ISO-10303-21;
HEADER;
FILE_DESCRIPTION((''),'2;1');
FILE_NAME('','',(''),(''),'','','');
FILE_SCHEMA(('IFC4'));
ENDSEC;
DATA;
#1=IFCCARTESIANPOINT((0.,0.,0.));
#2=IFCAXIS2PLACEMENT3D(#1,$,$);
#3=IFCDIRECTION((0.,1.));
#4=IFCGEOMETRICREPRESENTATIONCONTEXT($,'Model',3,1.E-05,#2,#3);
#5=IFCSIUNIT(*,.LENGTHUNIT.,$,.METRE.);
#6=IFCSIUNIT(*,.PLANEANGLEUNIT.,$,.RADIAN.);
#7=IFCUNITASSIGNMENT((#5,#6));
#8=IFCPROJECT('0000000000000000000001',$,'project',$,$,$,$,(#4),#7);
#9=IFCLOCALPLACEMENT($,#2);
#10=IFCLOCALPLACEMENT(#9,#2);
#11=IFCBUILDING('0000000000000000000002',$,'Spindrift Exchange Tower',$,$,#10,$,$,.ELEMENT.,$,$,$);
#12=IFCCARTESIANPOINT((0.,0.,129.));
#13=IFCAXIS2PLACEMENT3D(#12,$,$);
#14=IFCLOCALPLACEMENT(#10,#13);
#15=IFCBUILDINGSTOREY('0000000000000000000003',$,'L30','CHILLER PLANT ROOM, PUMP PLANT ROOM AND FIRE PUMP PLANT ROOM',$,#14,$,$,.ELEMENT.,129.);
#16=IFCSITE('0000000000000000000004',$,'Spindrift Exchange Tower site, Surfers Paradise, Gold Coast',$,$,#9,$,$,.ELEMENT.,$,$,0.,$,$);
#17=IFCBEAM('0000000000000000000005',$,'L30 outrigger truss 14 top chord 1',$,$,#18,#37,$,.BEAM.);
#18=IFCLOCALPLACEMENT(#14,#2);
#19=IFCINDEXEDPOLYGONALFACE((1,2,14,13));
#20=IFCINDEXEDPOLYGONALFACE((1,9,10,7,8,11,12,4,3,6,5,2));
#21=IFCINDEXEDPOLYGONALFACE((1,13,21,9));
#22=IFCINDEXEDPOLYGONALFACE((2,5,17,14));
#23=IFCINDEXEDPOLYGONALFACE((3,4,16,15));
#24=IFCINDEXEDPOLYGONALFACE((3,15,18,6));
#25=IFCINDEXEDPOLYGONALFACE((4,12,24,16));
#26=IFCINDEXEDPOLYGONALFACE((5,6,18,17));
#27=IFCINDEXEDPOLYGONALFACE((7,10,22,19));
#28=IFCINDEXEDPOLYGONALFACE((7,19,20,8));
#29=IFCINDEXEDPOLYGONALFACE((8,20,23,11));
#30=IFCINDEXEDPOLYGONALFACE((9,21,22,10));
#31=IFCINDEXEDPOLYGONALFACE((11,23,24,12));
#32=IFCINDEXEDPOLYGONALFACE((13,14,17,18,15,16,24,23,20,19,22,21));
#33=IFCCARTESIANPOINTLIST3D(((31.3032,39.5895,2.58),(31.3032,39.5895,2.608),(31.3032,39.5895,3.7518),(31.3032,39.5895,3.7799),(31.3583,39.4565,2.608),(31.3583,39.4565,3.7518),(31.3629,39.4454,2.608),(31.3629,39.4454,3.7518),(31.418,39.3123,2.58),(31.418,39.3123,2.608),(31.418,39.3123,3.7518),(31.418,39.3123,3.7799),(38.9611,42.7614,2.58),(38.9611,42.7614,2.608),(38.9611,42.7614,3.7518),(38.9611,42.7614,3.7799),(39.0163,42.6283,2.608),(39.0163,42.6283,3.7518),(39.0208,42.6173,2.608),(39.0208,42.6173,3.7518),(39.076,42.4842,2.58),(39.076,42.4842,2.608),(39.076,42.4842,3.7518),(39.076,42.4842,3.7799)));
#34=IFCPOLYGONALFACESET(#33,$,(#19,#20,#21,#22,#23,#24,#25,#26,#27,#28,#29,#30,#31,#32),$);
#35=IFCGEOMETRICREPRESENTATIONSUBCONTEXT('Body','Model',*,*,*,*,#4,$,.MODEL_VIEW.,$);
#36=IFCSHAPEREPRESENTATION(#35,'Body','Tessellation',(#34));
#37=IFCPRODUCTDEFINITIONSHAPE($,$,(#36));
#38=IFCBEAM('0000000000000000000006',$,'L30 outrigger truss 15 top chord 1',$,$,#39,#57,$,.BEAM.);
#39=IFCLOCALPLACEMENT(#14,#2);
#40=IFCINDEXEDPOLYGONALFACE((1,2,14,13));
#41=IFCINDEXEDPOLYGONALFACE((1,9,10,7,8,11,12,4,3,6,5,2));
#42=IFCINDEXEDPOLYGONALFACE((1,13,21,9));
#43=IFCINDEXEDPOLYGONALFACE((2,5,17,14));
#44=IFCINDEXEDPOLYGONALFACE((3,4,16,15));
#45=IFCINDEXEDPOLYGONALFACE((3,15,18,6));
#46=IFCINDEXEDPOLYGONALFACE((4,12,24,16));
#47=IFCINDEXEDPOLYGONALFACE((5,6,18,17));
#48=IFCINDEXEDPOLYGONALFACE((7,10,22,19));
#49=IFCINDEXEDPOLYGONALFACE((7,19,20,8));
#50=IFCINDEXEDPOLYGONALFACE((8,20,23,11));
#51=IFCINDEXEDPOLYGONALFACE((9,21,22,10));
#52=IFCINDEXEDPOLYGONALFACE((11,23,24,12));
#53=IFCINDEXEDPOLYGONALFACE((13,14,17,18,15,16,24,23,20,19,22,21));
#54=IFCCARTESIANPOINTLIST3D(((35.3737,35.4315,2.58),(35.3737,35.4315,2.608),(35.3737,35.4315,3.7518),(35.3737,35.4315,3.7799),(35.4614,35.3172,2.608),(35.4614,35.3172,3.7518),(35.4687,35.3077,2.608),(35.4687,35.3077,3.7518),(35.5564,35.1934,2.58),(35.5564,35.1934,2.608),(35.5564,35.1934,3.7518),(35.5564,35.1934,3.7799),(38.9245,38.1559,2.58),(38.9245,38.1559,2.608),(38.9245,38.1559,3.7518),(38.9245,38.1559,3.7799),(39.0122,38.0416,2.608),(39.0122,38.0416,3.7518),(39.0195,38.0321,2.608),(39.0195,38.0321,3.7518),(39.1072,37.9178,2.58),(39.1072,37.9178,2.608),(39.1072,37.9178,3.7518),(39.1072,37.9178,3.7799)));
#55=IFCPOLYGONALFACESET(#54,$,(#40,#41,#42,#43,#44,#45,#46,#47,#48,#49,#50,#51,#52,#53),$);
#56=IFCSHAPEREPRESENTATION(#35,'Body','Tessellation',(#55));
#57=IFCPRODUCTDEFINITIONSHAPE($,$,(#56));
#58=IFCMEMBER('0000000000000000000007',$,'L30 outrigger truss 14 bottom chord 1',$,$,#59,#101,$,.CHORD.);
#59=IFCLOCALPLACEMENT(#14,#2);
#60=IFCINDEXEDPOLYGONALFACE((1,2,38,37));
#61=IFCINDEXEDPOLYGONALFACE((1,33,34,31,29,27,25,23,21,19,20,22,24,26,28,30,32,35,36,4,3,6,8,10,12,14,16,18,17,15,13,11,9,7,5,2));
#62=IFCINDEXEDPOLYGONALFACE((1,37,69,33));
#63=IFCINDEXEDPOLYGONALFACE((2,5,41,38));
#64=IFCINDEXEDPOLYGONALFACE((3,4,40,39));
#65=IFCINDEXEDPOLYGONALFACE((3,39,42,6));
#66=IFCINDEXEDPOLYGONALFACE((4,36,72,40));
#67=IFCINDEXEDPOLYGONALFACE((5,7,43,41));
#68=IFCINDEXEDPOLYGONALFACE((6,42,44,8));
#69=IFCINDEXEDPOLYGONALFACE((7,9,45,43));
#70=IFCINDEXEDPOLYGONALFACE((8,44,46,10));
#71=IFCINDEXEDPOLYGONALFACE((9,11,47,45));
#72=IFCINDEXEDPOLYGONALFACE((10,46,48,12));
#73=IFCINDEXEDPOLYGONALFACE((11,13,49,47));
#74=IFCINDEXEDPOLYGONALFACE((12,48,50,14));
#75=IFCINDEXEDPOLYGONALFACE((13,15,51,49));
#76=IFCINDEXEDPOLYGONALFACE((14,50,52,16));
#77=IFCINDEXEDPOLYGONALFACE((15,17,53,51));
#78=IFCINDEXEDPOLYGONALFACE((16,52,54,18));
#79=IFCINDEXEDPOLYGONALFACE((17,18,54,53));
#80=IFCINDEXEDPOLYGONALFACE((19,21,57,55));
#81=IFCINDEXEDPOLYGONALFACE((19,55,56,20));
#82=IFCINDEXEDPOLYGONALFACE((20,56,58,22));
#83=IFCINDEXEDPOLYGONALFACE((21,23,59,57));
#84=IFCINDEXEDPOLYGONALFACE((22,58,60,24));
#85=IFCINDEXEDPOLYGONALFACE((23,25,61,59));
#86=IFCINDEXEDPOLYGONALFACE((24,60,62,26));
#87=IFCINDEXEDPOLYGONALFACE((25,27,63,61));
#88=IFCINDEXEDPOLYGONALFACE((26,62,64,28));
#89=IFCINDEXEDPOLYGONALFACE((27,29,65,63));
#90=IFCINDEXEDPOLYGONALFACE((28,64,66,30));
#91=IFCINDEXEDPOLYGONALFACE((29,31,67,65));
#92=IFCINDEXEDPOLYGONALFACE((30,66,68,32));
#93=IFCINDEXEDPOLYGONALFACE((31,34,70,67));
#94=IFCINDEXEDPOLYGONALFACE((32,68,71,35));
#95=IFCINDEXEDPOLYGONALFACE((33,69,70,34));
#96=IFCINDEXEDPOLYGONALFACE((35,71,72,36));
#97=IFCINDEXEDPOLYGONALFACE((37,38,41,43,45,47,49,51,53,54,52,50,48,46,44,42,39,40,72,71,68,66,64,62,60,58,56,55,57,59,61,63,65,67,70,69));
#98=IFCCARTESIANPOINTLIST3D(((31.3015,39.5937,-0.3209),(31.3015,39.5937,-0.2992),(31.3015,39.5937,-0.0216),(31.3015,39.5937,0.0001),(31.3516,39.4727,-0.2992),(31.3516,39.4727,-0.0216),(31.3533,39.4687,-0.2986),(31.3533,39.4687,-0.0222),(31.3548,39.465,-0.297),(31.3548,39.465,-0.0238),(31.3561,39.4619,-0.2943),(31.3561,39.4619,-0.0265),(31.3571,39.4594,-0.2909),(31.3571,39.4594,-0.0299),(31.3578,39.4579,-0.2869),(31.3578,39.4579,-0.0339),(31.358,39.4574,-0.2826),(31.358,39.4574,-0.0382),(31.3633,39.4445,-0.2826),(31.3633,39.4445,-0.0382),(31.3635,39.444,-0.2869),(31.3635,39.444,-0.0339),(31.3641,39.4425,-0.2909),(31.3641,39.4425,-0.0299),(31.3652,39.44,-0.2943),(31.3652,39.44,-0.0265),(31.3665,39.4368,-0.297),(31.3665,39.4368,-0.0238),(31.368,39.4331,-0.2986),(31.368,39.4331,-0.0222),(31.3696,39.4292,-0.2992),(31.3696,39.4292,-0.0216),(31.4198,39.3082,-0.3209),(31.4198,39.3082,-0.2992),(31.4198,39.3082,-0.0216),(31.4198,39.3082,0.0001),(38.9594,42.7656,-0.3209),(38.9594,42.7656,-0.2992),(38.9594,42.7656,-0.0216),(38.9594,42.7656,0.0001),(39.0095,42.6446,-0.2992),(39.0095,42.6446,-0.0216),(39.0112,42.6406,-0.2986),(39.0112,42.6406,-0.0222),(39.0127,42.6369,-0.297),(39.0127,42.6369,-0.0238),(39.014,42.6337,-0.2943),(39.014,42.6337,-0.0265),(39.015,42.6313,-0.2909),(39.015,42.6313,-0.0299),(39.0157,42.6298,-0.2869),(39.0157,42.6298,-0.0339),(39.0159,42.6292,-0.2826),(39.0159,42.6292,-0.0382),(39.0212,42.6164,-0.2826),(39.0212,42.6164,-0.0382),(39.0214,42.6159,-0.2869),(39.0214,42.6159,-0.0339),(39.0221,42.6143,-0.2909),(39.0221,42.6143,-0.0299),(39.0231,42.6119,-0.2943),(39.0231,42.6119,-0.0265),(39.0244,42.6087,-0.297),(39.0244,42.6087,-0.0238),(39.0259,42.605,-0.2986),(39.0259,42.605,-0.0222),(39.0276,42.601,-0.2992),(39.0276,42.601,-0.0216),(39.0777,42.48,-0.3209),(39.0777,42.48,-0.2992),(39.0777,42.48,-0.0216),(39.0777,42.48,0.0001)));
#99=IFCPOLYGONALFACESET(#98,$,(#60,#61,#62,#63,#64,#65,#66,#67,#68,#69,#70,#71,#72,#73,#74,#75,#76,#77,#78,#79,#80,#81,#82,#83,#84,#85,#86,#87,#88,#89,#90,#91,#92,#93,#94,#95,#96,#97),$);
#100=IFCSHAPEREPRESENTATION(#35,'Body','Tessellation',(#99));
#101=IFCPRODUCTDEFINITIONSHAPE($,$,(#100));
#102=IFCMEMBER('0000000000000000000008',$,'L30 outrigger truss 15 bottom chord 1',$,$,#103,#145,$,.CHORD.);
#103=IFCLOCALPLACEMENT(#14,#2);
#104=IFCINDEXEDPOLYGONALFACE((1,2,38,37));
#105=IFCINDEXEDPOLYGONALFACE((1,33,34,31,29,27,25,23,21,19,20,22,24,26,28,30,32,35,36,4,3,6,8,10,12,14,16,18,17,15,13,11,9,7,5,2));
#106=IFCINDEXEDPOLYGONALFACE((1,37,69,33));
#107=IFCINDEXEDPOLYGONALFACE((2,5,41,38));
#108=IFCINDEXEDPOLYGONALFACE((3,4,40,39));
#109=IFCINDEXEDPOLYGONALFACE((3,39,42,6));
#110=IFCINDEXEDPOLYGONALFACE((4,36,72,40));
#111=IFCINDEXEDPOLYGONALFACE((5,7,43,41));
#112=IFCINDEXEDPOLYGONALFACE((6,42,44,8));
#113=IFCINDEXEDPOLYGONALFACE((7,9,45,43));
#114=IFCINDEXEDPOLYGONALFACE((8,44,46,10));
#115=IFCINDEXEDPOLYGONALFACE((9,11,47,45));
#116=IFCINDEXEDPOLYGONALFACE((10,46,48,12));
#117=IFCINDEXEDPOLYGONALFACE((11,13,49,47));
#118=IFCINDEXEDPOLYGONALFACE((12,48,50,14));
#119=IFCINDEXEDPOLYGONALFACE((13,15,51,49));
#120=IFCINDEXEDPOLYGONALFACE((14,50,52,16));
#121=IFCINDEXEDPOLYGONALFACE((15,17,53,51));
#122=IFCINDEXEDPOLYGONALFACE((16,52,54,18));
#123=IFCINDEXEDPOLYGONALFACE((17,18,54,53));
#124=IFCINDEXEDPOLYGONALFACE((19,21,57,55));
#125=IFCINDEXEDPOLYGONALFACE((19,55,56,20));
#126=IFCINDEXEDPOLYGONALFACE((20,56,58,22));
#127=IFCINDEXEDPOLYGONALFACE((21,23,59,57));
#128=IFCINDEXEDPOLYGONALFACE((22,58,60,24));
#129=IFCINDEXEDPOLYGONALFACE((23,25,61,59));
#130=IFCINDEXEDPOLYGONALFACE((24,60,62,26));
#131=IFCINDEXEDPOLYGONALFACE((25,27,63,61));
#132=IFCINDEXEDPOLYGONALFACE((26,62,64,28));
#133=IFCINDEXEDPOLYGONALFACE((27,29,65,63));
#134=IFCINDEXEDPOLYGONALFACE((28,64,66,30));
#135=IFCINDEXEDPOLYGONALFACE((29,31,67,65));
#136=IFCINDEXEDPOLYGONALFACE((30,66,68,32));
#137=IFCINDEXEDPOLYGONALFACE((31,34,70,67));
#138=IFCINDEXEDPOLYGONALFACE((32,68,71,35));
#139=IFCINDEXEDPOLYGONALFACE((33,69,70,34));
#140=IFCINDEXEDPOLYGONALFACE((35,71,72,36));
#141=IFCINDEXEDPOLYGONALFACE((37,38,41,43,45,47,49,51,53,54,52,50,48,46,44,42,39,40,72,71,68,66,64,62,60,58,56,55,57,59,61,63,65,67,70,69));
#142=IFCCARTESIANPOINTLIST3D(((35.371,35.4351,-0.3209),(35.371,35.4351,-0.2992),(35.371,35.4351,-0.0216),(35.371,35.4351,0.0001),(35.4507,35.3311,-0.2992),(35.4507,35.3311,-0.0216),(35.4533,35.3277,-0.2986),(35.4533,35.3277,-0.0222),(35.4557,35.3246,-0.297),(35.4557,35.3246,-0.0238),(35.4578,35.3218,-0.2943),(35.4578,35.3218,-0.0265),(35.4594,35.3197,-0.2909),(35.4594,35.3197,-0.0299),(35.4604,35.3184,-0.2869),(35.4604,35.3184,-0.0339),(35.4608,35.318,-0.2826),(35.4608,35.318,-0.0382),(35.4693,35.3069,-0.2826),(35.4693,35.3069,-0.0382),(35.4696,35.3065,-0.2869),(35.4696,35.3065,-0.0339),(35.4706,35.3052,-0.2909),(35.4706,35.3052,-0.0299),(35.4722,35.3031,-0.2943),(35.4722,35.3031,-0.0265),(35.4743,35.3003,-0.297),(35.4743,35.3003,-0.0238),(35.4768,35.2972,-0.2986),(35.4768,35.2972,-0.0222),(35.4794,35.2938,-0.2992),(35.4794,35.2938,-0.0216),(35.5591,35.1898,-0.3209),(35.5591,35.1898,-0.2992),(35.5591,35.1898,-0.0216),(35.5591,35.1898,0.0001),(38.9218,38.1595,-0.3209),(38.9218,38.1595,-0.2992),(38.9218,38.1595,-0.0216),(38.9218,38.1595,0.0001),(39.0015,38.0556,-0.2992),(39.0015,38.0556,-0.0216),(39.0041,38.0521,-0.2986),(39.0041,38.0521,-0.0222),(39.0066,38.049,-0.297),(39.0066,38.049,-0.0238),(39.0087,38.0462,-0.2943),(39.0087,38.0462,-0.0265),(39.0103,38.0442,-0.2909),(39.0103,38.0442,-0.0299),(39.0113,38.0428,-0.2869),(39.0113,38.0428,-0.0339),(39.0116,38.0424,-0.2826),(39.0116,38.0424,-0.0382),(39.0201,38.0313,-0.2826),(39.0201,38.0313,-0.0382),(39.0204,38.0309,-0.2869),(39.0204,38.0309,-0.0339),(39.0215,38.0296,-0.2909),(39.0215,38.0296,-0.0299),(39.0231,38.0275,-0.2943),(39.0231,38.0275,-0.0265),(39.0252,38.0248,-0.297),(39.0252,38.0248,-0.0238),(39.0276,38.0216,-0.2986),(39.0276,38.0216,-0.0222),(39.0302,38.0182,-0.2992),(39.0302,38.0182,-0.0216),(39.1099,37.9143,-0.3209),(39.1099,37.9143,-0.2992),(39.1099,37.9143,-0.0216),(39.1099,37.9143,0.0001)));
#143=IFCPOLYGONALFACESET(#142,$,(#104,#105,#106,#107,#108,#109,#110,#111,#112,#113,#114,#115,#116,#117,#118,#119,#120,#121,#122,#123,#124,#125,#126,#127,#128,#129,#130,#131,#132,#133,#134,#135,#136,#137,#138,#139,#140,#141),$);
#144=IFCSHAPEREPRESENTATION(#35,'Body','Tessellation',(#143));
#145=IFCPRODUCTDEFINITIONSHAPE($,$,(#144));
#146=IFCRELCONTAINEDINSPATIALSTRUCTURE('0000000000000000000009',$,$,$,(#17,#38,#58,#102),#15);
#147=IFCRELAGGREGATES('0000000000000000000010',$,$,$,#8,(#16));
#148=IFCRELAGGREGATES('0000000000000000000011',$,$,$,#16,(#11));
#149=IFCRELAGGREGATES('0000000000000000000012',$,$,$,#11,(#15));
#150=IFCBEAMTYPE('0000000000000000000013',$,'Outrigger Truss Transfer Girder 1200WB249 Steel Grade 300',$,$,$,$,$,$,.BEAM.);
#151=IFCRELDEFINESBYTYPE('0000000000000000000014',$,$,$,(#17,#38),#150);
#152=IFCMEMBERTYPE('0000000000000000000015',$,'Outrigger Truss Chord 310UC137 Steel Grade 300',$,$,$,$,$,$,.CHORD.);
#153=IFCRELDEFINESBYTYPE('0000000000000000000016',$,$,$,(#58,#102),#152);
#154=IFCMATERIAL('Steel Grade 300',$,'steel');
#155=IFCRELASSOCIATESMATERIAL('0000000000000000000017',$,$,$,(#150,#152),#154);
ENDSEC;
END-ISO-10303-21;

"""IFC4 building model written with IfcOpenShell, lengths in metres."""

from ifc_helpers import new_model, si_unit, direction, frame, origin, origin_2d, place, context, subcontext, project, spatial, i_section, extrude, source, transform, mapped, material, material_profile, profile_set, type_object, element, save


model = new_model("IFC4")

# Units and contexts
model_context = context("Model", 3, precision=1e-05, world=origin(), true_north=direction((0.0, 1.0)))
body_context = subcontext(model_context, "Body", "Model", "MODEL_VIEW")
ifc_project = project(units=[si_unit("LENGTHUNIT", "METRE"), si_unit("PLANEANGLEUNIT", "RADIAN")], contexts=[model_context])

# Site, building, storey
site_placement = place(None, origin())
site = spatial("IfcSite", under=ifc_project, at=site_placement, Name="Spindrift Exchange Tower site, Surfers Paradise, Gold Coast", CompositionType="ELEMENT", RefElevation=0.0)
building_placement = place(site_placement, origin())
building = spatial("IfcBuilding", under=site, at=building_placement, Name="Spindrift Exchange Tower", CompositionType="ELEMENT")
storey_placement = place(building_placement, frame((0.0, 0.0, 129.0)))
storey = spatial("IfcBuildingStorey", under=building, at=storey_placement, Name="L30", Description="CHILLER PLANT ROOM, PUMP PLANT ROOM AND FIRE PUMP PLANT ROOM", CompositionType="ELEMENT", Elevation=129.0)

# Beams
ifc_material_1 = material(Name="Steel Grade 300", Category="steel")
ifc_material_profile_1 = material_profile(ifc_material_1, i_section(OverallWidth=0.3, OverallDepth=1.2, WebThickness=0.012, FlangeThickness=0.0281, at=origin_2d()), Name="1200WB249")
ifc_profile_set_1 = profile_set([ifc_material_profile_1], Name="Steel Grade 300")
beam_type = type_object("IfcBeamType", Name="Outrigger Truss Transfer Girder 1200WB249 Steel Grade 300", PredefinedType="BEAM", material=ifc_profile_set_1)
shared_shape_1 = source(origin(), body_context, "Body", "SweptSolid", [
    extrude(i_section(OverallWidth=0.3, OverallDepth=1.2, WebThickness=0.012, FlangeThickness=0.0281, at=origin_2d()), origin(), (0.0, 0.0, 1.0), 8.2888),
])
beam_1_placement = place(storey_placement, frame((39.0186, 42.6228, 3.1799), z_axis=(-0.923886, -0.382667, 0.0), x_axis=(0.382667, -0.923886, 0.0)))
element("IfcBeam", 1, at=beam_1_placement, inside=storey, type_object=beam_type, Name="L30 outrigger truss 14 top chord 1", PredefinedType="BEAM", context=body_context, shape_type="MappedRepresentation", body=[
    mapped(shared_shape_1, transform((0.0, 0.0, 0.0), scale=1.0)),
])
shared_shape_2 = source(origin(), body_context, "Body", "SweptSolid", [
    extrude(i_section(OverallWidth=0.3, OverallDepth=1.2, WebThickness=0.012, FlangeThickness=0.0281, at=origin_2d()), origin(), (0.0, 0.0, 1.0), 4.4756),
])
beam_2_placement = place(storey_placement, frame((39.0159, 38.0369, 3.1799), z_axis=(-0.79338, -0.608727, 0.0), x_axis=(0.608727, -0.79338, 0.0)))
element("IfcBeam", 2, at=beam_2_placement, inside=storey, type_object=beam_type, Name="L30 outrigger truss 15 top chord 1", PredefinedType="BEAM", context=body_context, shape_type="MappedRepresentation", body=[
    mapped(shared_shape_2, transform((0.0, 0.0, 0.0), scale=1.0)),
])

# Members
ifc_material_profile_2 = material_profile(ifc_material_1, i_section(OverallWidth=0.3091, OverallDepth=0.321, WebThickness=0.0139, FlangeThickness=0.0217, FilletRadius=0.0166, at=origin_2d()), Name="310UC137")
ifc_profile_set_2 = profile_set([ifc_material_profile_2], Name="Steel Grade 300")
member_type = type_object("IfcMemberType", Name="Outrigger Truss Chord 310UC137 Steel Grade 300", PredefinedType="CHORD", material=ifc_profile_set_2)
shared_shape_3 = source(origin(), body_context, "Body", "SweptSolid", [
    extrude(i_section(OverallWidth=0.3091, OverallDepth=0.321, WebThickness=0.0139, FlangeThickness=0.0217, FilletRadius=0.0166, at=origin_2d()), origin(), (0.0, 0.0, 1.0), 8.2888),
])
member_1_placement = place(storey_placement, frame((39.0186, 42.6228, -0.1604), z_axis=(-0.923886, -0.382667, 0.0), x_axis=(0.382667, -0.923886, 0.0)))
element("IfcMember", 3, at=member_1_placement, inside=storey, type_object=member_type, Name="L30 outrigger truss 14 bottom chord 1", PredefinedType="CHORD", context=body_context, shape_type="MappedRepresentation", body=[
    mapped(shared_shape_3, transform((0.0, 0.0, 0.0), scale=1.0)),
])
shared_shape_4 = source(origin(), body_context, "Body", "SweptSolid", [
    extrude(i_section(OverallWidth=0.3091, OverallDepth=0.321, WebThickness=0.0139, FlangeThickness=0.0217, FilletRadius=0.0166, at=origin_2d()), origin(), (0.0, 0.0, 1.0), 4.4756),
])
member_2_placement = place(storey_placement, frame((39.0159, 38.0369, -0.1604), z_axis=(-0.79338, -0.608727, 0.0), x_axis=(0.608727, -0.79338, 0.0)))
element("IfcMember", 4, at=member_2_placement, inside=storey, type_object=member_type, Name="L30 outrigger truss 15 bottom chord 1", PredefinedType="CHORD", context=body_context, shape_type="MappedRepresentation", body=[
    mapped(shared_shape_4, transform((0.0, 0.0, 0.0), scale=1.0)),
])

save(model, "model.ifc")
